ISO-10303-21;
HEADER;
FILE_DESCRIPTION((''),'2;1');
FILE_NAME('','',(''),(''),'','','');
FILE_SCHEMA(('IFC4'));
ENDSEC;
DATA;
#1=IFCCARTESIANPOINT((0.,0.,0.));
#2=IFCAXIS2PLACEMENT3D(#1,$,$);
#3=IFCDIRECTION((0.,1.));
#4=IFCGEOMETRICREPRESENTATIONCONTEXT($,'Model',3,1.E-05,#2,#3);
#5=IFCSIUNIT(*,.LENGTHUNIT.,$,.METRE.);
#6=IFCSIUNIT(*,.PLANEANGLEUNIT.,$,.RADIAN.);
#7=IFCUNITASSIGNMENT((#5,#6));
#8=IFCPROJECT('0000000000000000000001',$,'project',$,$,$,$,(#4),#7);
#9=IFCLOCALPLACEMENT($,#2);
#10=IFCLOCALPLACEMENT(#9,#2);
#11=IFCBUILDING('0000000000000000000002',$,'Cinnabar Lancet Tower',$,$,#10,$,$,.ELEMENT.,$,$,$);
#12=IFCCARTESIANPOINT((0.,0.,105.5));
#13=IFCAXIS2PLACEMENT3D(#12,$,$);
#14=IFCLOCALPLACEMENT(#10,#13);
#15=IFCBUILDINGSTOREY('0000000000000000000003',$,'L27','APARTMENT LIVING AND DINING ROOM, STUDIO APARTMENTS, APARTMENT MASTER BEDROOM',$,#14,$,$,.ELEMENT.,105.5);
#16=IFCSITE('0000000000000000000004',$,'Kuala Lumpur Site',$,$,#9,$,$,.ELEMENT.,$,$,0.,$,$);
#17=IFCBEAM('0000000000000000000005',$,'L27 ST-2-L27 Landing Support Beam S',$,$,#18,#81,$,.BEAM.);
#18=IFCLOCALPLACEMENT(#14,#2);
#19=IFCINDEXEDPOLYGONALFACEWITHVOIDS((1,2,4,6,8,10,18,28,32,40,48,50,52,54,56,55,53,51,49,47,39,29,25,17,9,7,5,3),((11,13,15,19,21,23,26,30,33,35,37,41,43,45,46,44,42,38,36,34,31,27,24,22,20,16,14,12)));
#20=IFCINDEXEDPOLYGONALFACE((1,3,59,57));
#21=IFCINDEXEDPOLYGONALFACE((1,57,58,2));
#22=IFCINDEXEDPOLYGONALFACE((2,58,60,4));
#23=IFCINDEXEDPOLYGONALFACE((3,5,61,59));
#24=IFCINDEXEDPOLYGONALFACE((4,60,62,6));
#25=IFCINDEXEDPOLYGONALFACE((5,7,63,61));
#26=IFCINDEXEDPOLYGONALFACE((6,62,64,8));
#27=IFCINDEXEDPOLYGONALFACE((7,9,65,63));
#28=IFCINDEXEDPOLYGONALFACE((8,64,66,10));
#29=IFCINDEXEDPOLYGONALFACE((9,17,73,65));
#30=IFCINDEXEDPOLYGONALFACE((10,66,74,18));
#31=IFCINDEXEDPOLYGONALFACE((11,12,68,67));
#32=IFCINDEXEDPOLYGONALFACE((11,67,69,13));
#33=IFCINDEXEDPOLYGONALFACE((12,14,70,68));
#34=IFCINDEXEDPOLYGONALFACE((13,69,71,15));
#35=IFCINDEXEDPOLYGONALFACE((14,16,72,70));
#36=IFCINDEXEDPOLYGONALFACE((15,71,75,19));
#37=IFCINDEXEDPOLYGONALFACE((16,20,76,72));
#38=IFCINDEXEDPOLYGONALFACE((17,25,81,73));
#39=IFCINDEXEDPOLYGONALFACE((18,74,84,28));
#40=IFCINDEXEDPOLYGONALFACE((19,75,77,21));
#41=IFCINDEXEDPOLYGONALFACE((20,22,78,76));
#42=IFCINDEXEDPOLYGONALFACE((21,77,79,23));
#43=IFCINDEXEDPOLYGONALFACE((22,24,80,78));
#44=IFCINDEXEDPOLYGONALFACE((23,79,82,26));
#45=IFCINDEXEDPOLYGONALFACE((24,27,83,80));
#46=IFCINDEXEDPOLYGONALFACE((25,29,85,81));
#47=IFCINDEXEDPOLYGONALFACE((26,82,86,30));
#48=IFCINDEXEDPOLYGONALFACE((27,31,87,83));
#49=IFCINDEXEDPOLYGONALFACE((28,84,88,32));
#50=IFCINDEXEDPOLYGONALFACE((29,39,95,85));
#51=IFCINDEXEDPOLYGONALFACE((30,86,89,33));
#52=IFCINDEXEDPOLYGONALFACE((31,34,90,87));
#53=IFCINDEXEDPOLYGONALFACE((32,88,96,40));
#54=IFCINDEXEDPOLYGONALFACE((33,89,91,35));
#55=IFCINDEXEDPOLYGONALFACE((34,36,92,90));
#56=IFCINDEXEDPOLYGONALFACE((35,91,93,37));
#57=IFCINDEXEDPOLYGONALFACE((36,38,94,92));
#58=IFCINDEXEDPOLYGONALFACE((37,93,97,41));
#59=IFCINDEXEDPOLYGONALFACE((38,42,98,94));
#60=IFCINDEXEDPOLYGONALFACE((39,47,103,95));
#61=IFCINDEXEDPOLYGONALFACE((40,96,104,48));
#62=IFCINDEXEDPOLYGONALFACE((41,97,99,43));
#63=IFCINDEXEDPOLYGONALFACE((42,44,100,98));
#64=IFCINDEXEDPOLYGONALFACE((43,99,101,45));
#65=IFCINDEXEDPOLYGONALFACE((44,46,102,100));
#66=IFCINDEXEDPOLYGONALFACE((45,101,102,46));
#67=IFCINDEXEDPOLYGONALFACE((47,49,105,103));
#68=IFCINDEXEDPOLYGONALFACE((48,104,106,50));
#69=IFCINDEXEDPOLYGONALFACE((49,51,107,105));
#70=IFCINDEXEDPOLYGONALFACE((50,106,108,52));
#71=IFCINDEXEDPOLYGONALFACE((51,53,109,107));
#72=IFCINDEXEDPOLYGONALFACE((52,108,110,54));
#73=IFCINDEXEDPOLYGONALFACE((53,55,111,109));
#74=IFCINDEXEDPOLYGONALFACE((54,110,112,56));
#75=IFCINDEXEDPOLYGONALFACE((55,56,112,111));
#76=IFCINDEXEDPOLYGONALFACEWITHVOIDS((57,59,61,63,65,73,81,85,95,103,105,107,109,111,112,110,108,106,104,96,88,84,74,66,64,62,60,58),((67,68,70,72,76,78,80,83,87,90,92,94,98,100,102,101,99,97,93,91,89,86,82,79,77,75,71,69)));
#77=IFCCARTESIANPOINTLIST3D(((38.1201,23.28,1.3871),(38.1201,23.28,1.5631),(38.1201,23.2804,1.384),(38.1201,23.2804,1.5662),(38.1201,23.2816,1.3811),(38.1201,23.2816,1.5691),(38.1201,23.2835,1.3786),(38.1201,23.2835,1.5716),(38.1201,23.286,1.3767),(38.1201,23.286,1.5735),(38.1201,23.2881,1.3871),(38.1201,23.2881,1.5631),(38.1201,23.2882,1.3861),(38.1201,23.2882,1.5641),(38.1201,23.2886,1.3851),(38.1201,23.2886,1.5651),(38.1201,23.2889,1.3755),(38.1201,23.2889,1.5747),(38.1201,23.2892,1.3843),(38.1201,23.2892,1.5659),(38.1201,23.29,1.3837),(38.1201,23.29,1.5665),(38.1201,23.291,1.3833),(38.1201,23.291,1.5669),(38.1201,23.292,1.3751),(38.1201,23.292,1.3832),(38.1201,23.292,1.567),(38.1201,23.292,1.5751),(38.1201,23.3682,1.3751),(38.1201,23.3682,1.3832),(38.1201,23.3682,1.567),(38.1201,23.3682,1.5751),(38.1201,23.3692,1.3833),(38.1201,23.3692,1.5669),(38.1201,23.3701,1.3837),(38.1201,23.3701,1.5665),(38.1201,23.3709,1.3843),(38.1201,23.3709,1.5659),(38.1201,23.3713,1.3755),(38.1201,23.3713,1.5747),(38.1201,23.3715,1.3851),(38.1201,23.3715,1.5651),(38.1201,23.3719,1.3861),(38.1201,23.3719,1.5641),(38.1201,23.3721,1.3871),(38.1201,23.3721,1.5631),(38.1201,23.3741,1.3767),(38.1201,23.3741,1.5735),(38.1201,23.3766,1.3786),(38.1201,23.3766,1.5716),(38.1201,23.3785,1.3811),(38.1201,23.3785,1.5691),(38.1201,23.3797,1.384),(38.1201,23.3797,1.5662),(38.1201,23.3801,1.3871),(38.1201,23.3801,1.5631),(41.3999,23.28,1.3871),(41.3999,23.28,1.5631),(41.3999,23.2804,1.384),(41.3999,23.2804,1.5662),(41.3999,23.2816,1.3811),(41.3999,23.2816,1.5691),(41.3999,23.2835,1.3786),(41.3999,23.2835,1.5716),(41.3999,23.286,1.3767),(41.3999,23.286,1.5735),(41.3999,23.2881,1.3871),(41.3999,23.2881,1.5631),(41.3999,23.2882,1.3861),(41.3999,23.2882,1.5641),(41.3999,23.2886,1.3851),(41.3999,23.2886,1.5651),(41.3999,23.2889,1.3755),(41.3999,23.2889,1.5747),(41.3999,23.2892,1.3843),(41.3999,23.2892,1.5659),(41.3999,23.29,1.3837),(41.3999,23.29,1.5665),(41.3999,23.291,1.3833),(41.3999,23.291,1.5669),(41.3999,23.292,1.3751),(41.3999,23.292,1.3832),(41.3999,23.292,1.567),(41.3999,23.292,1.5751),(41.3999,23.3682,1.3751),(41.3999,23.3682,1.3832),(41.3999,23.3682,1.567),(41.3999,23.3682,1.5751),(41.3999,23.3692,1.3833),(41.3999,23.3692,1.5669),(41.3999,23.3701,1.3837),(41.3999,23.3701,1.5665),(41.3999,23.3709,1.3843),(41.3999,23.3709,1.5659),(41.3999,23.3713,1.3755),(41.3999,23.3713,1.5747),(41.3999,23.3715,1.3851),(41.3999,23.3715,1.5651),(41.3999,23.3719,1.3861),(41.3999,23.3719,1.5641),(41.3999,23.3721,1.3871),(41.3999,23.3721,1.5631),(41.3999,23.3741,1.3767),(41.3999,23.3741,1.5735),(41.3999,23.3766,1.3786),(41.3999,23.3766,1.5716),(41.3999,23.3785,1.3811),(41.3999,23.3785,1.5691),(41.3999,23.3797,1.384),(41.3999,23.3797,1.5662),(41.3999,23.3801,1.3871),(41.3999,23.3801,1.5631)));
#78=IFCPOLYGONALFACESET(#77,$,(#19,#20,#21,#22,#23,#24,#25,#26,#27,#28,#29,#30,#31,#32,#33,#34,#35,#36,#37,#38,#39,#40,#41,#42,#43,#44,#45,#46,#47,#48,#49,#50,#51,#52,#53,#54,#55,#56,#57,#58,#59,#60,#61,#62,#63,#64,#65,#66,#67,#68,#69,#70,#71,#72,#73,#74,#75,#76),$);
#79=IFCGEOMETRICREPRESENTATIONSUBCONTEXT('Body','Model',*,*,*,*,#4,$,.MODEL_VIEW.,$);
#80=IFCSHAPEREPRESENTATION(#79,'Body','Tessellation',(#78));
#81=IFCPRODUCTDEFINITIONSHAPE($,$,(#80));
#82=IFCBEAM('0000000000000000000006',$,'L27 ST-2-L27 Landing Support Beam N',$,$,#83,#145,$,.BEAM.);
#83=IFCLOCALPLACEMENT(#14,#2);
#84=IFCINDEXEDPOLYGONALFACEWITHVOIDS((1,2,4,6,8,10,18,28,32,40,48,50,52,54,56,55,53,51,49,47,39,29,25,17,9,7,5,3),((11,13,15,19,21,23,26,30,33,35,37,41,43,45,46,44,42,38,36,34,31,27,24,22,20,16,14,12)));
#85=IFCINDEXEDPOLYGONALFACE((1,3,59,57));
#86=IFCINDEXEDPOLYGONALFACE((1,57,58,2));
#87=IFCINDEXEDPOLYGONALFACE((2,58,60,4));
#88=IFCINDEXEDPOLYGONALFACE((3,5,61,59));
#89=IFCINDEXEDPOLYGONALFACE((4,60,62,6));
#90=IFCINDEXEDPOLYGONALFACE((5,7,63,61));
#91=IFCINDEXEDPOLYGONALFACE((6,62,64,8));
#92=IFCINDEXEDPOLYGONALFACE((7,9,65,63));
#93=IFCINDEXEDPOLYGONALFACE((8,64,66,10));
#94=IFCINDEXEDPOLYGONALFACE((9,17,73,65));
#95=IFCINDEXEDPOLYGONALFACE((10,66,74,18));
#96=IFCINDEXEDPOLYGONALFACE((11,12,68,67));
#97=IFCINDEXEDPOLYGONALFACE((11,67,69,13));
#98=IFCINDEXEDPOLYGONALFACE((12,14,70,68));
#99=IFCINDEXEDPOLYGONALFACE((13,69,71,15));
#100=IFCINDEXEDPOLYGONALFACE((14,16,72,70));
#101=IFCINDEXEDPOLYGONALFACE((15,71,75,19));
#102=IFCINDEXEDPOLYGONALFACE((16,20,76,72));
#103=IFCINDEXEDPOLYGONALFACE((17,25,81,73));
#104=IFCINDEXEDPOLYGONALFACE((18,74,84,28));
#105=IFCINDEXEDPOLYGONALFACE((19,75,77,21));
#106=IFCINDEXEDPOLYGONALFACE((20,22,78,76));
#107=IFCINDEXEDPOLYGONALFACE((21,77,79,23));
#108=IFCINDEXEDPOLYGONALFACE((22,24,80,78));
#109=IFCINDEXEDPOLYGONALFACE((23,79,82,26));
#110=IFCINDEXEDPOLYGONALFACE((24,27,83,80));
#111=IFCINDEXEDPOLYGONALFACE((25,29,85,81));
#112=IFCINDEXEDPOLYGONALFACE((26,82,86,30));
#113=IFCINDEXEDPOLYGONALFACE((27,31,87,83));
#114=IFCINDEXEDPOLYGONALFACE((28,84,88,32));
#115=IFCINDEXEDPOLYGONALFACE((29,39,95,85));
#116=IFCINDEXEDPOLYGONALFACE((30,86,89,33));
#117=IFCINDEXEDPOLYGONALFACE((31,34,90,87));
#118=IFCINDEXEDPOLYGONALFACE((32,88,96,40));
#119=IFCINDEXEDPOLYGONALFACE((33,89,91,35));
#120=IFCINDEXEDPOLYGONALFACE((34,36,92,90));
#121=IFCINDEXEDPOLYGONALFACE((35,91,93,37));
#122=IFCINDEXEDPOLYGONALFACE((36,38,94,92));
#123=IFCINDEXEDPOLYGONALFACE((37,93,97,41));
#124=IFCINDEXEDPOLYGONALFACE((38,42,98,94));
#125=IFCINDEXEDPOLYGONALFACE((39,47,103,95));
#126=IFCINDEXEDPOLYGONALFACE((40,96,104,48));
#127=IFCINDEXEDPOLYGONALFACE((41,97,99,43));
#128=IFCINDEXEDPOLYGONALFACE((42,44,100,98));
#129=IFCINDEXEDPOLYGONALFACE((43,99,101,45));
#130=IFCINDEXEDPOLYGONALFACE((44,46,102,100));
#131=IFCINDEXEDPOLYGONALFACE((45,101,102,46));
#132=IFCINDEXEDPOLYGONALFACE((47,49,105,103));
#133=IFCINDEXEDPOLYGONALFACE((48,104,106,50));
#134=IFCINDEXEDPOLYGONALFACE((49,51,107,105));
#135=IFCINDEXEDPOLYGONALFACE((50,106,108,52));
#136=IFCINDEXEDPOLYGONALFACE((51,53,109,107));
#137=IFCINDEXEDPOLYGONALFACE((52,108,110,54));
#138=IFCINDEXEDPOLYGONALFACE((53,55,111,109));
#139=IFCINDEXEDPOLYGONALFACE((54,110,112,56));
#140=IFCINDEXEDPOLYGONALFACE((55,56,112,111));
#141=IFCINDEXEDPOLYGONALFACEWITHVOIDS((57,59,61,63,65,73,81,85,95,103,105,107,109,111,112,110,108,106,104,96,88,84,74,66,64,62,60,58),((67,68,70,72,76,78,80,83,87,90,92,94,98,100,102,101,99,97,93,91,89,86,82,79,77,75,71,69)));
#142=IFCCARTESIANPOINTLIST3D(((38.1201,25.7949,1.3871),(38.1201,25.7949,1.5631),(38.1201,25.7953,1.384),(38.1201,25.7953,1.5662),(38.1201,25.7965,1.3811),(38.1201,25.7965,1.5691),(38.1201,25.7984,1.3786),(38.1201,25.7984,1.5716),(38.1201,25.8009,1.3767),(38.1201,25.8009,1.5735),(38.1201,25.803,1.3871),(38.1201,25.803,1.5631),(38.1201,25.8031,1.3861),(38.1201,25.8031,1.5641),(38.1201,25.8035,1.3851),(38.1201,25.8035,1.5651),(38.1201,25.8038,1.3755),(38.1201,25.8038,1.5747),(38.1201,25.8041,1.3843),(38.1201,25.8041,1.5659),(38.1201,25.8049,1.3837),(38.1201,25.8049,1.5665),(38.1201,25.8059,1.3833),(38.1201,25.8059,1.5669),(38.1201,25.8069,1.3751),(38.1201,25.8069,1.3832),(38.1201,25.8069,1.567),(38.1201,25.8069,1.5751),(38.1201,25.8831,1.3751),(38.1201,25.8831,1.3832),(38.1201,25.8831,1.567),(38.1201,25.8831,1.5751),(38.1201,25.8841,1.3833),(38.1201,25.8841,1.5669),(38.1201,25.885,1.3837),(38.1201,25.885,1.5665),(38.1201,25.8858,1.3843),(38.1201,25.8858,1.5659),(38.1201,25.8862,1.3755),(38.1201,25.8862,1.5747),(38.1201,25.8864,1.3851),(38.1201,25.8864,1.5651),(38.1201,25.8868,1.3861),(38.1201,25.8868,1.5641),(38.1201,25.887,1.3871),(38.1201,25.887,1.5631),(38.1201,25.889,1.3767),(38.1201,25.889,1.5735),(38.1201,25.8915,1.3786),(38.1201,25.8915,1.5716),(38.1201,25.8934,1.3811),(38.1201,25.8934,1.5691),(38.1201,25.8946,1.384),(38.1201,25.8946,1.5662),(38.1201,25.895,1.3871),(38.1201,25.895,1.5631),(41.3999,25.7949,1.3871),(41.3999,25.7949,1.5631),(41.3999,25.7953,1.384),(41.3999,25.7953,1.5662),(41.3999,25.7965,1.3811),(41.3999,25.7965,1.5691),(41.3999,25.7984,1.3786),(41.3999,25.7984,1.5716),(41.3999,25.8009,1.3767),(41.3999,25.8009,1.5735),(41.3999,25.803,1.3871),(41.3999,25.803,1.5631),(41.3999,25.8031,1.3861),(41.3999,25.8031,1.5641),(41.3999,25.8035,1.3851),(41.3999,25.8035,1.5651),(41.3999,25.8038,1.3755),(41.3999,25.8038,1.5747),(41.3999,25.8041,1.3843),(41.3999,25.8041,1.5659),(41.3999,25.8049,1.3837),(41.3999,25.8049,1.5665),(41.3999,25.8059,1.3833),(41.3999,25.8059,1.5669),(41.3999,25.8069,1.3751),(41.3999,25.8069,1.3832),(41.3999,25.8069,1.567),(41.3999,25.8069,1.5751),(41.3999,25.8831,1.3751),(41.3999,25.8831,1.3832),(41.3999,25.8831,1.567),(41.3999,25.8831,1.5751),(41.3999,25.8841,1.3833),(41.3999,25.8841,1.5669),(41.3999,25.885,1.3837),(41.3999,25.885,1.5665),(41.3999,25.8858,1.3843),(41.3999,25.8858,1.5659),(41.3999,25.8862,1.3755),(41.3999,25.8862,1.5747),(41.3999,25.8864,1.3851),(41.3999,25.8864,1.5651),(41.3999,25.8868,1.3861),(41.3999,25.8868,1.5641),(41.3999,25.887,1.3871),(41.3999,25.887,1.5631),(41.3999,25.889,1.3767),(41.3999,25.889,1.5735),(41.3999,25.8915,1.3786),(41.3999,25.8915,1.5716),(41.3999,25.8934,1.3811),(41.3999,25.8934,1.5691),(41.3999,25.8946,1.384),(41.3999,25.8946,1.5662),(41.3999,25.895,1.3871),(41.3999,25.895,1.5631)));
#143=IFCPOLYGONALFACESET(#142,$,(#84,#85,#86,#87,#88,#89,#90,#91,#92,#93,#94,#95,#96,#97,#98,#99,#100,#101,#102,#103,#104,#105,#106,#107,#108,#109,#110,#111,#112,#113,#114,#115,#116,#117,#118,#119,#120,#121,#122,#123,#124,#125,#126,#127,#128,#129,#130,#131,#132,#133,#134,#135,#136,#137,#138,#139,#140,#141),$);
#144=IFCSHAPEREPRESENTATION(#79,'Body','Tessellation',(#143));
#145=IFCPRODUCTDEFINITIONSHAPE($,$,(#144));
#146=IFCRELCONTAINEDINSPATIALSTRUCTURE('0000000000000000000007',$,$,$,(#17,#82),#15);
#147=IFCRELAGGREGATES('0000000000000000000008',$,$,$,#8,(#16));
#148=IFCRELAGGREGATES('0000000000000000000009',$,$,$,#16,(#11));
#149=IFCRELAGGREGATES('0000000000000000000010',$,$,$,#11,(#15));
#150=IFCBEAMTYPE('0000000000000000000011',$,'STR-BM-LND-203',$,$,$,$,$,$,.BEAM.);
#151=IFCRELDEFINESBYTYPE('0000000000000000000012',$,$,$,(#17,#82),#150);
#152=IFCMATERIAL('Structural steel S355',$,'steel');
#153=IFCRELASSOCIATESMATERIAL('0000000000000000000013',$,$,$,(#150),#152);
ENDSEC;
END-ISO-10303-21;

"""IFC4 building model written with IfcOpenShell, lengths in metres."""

from ifc_helpers import new_model, si_unit, direction, frame, origin, origin_2d, place, context, subcontext, project, spatial, hollow_rectangle, extrude, material, material_profile, profile_set, type_object, element, save


model = new_model("IFC4")

# Units and contexts
model_context = context("Model", 3, precision=1e-05, world=origin(), true_north=direction((0.0, 1.0)))
body_context = subcontext(model_context, "Body", "Model", "MODEL_VIEW")
ifc_project = project(units=[si_unit("LENGTHUNIT", "METRE"), si_unit("PLANEANGLEUNIT", "RADIAN")], contexts=[model_context])

# Site, building, storey
site_placement = place(None, origin())
site = spatial("IfcSite", under=ifc_project, at=site_placement, Name="Kuala Lumpur Site", CompositionType="ELEMENT", RefElevation=0.0)
building_placement = place(site_placement, origin())
building = spatial("IfcBuilding", under=site, at=building_placement, Name="Cinnabar Lancet Tower", CompositionType="ELEMENT")
storey_placement = place(building_placement, frame((0.0, 0.0, 105.5)))
storey = spatial("IfcBuildingStorey", under=building, at=storey_placement, Name="L27", Description="APARTMENT LIVING AND DINING ROOM, STUDIO APARTMENTS, APARTMENT MASTER BEDROOM", CompositionType="ELEMENT", Elevation=105.5)

# Beams
ifc_material_1 = material(Name="Structural steel S355", Category="steel")
ifc_material_profile_1 = material_profile(ifc_material_1, hollow_rectangle(XDim=0.1001, YDim=0.2, WallThickness=0.0081, InnerFilletRadius=0.0039, OuterFilletRadius=0.012, at=origin_2d()), Name="RHS 200x100x8")
ifc_profile_set_1 = profile_set([ifc_material_profile_1], Name="Structural steel S355")
beam_type_1 = type_object("IfcBeamType", Name="STR-BM-LND-203", PredefinedType="BEAM", material=ifc_profile_set_1)
for number, where, z_axis, x_axis, name in (
    (1, (38.1201, 23.3301, 1.4751), (1.0, 0.0, 0.0), (0.0, 1.0, 0.0), "L27 ST-2-L27 Landing Support Beam S"),
    (2, (38.1201, 25.845, 1.4751), (1.0, 0.0, 0.0), (0.0, 1.0, 0.0), "L27 ST-2-L27 Landing Support Beam N"),
):
    element("IfcBeam", number, at=place(storey_placement, frame(where, z_axis=z_axis, x_axis=x_axis)), inside=storey, type_object=beam_type_1, Name=name, PredefinedType="BEAM", context=body_context, shape_type="SweptSolid", body=[
        extrude(hollow_rectangle(XDim=0.1001, YDim=0.2, WallThickness=0.0081, InnerFilletRadius=0.0039, OuterFilletRadius=0.012, at=origin_2d()), origin(), (0.0, 0.0, 1.0), 3.2798),
    ])

save(model, "model.ifc")
